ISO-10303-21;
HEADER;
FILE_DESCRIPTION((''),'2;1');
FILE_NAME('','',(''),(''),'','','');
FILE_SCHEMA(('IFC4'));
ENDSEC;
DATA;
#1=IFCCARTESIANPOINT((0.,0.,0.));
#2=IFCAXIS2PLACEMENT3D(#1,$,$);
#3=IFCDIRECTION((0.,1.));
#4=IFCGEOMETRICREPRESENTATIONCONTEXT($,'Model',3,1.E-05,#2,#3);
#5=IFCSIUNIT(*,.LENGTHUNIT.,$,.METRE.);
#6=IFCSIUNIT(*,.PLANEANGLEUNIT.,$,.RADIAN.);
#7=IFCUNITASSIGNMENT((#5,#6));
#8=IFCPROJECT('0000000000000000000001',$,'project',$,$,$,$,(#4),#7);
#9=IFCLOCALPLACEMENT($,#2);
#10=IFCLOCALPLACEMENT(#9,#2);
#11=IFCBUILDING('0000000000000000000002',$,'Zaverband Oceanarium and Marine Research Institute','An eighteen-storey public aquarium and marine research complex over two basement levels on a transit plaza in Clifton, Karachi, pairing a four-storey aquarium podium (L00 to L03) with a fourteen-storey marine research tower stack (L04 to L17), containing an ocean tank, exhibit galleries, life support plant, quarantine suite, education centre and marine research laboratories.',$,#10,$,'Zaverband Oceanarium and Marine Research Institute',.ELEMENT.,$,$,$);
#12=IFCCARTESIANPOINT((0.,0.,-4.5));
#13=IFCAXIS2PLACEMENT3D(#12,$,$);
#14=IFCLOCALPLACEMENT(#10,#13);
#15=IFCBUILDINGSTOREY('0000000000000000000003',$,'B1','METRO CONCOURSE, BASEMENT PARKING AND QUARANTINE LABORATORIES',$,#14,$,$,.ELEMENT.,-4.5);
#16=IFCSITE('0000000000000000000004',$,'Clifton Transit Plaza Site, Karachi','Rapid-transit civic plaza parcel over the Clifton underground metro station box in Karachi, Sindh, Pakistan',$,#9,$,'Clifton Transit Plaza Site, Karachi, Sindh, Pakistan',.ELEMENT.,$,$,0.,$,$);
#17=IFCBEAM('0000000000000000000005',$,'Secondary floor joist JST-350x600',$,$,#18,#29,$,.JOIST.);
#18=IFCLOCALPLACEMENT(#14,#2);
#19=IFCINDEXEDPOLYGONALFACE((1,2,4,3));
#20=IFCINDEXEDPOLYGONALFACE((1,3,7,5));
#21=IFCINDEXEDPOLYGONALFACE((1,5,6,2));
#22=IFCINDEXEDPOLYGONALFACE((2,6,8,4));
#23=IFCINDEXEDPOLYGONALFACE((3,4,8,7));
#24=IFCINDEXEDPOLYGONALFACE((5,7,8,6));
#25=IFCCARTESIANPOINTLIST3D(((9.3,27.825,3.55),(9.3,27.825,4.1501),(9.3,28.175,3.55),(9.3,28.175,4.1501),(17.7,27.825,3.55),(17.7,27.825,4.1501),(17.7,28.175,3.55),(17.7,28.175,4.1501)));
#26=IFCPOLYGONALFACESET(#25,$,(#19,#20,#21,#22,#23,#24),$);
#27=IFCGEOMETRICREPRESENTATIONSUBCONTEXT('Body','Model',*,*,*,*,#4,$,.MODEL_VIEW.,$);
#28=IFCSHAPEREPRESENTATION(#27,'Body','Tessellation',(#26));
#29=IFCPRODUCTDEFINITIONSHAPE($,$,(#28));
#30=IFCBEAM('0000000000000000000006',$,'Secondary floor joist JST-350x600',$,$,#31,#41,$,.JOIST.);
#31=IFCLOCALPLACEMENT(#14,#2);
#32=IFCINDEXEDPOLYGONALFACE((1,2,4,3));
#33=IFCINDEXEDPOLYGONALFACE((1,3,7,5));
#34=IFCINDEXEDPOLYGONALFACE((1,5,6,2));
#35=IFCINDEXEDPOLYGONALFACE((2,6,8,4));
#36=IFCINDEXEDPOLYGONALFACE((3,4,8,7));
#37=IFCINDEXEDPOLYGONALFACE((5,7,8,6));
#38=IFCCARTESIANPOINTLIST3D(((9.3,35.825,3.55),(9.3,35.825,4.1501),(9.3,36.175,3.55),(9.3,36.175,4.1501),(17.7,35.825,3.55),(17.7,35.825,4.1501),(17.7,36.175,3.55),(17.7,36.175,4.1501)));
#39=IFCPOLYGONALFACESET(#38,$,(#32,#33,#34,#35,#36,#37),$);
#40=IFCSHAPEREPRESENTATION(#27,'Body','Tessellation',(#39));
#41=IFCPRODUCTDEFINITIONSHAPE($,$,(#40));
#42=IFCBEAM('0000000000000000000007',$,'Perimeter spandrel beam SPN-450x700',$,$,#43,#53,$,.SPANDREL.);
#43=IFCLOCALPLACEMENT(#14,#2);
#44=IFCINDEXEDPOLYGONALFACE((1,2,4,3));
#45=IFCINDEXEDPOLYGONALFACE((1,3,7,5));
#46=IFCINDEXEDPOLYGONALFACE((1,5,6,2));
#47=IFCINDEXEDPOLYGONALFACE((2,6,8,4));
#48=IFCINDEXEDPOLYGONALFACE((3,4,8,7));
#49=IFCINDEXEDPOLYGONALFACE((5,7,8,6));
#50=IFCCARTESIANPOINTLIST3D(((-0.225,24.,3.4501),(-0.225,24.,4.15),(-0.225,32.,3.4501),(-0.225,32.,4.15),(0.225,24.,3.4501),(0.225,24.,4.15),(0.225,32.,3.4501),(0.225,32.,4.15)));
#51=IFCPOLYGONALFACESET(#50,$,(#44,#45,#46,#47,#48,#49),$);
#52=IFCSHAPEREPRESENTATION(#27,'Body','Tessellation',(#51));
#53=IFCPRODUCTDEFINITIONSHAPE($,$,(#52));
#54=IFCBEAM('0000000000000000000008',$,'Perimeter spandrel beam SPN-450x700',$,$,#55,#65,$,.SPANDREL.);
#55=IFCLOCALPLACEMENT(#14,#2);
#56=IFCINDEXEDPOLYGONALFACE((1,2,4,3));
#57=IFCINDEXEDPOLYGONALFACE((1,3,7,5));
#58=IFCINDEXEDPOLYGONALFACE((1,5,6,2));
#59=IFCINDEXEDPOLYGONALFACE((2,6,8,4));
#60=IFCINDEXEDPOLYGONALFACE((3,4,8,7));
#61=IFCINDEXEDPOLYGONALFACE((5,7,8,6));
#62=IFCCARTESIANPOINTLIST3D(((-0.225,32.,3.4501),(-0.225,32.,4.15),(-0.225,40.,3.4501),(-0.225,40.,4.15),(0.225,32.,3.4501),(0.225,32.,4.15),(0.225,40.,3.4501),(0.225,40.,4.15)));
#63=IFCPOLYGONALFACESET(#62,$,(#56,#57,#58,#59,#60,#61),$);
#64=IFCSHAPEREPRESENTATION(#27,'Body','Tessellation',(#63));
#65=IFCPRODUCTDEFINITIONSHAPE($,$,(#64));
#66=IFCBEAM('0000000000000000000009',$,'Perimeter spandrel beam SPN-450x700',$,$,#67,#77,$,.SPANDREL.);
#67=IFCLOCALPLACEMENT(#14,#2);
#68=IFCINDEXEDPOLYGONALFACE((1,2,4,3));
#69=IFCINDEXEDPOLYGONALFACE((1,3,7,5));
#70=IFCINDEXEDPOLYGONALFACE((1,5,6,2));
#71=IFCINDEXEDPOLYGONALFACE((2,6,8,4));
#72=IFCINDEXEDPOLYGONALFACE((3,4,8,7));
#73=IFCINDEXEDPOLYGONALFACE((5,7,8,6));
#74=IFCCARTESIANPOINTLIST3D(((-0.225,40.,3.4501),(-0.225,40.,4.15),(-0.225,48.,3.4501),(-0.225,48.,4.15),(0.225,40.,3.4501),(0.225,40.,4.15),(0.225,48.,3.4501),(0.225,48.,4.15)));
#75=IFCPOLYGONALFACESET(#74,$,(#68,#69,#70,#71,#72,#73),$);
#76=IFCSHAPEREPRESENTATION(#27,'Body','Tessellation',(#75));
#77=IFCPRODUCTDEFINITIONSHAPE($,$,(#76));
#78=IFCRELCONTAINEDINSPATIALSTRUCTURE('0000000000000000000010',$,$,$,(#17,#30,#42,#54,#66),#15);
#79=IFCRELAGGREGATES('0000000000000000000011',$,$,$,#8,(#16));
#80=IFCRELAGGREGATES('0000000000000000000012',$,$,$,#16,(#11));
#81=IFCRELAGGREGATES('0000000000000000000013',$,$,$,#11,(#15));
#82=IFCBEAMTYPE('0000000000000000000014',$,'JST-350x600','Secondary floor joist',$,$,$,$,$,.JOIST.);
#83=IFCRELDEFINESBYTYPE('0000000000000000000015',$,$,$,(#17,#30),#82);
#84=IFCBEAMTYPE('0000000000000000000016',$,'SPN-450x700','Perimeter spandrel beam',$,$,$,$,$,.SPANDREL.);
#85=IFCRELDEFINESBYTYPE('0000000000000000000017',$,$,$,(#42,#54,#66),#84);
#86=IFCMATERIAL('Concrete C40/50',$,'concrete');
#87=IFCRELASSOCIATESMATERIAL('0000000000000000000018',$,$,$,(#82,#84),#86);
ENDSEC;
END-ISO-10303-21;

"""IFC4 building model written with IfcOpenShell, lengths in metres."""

from ifc_helpers import new_model, si_unit, direction, frame, origin, origin_2d, place, context, subcontext, project, spatial, rectangle, extrude, material, material_profile, profile_set, type_object, element, save


model = new_model("IFC4")

# Units and contexts
model_context = context("Model", 3, precision=1e-05, world=origin(), true_north=direction((0.0, 1.0)))
body_context = subcontext(model_context, "Body", "Model", "MODEL_VIEW")
ifc_project = project(units=[si_unit("LENGTHUNIT", "METRE"), si_unit("PLANEANGLEUNIT", "RADIAN")], contexts=[model_context])

# Site, building, storey
site_placement = place(None, origin())
site = spatial("IfcSite", under=ifc_project, at=site_placement, Name="Clifton Transit Plaza Site, Karachi", Description="Rapid-transit civic plaza parcel over the Clifton underground metro station box in Karachi, Sindh, Pakistan", LongName="Clifton Transit Plaza Site, Karachi, Sindh, Pakistan", CompositionType="ELEMENT", RefElevation=0.0)
building_placement = place(site_placement, origin())
building = spatial("IfcBuilding", under=site, at=building_placement, Name="Zaverband Oceanarium and Marine Research Institute", Description="An eighteen-storey public aquarium and marine research complex over two basement levels on a transit plaza in Clifton, Karachi, pairing a four-storey aquarium podium (L00 to L03) with a fourteen-storey marine research tower stack (L04 to L17), containing an ocean tank, exhibit galleries, life support plant, quarantine suite, education centre and marine research laboratories.", LongName="Zaverband Oceanarium and Marine Research Institute", CompositionType="ELEMENT")
storey_placement = place(building_placement, frame((0.0, 0.0, -4.5)))
storey = spatial("IfcBuildingStorey", under=building, at=storey_placement, Name="B1", Description="METRO CONCOURSE, BASEMENT PARKING AND QUARANTINE LABORATORIES", CompositionType="ELEMENT", Elevation=-4.5)

# Beams
ifc_material_1 = material(Name="Concrete C40/50", Category="concrete")
ifc_material_profile_1 = material_profile(ifc_material_1, rectangle(XDim=0.3501, YDim=0.6001, at=origin_2d()), Name="RC350x600")
ifc_profile_set_1 = profile_set([ifc_material_profile_1], Name="Concrete C40/50")
beam_type_1 = type_object("IfcBeamType", Name="JST-350x600", Description="Secondary floor joist", PredefinedType="JOIST", material=ifc_profile_set_1)
for number, where, z_axis, x_axis, name in (
    (1, (9.3, 28.0, 3.8501), (1.0, 0.0, 0.0), (0.0, 1.0, 0.0), "Secondary floor joist JST-350x600"),
    (2, (9.3, 36.0, 3.8501), (1.0, 0.0, 0.0), (0.0, 1.0, 0.0), "Secondary floor joist JST-350x600"),
):
    element("IfcBeam", number, at=place(storey_placement, frame(where, z_axis=z_axis, x_axis=x_axis)), inside=storey, type_object=beam_type_1, Name=name, PredefinedType="JOIST", context=body_context, shape_type="SweptSolid", body=[
        extrude(rectangle(XDim=0.3501, YDim=0.6001, at=origin_2d()), origin(), (0.0, 0.0, 1.0), 8.3999),
    ])
ifc_material_profile_2 = material_profile(ifc_material_1, rectangle(XDim=0.45, YDim=0.7, at=origin_2d()), Name="RC450x700")
ifc_profile_set_2 = profile_set([ifc_material_profile_2], Name="Concrete C40/50")
beam_type_2 = type_object("IfcBeamType", Name="SPN-450x700", Description="Perimeter spandrel beam", PredefinedType="SPANDREL", material=ifc_profile_set_2)
for number, where, z_axis, x_axis, name in (
    (3, (0.0, 24.0, 3.8), (0.0, 1.0, 0.0), (-1.0, 0.0, 0.0), "Perimeter spandrel beam SPN-450x700"),
    (4, (0.0, 32.0, 3.8), (0.0, 1.0, 0.0), (-1.0, 0.0, 0.0), "Perimeter spandrel beam SPN-450x700"),
    (5, (0.0, 40.0, 3.8), (0.0, 1.0, 0.0), (-1.0, 0.0, 0.0), "Perimeter spandrel beam SPN-450x700"),
):
    element("IfcBeam", number, at=place(storey_placement, frame(where, z_axis=z_axis, x_axis=x_axis)), inside=storey, type_object=beam_type_2, Name=name, PredefinedType="SPANDREL", context=body_context, shape_type="SweptSolid", body=[
        extrude(rectangle(XDim=0.45, YDim=0.7, at=origin_2d()), origin(), (0.0, 0.0, 1.0), 8.0),
    ])

save(model, "model.ifc")
